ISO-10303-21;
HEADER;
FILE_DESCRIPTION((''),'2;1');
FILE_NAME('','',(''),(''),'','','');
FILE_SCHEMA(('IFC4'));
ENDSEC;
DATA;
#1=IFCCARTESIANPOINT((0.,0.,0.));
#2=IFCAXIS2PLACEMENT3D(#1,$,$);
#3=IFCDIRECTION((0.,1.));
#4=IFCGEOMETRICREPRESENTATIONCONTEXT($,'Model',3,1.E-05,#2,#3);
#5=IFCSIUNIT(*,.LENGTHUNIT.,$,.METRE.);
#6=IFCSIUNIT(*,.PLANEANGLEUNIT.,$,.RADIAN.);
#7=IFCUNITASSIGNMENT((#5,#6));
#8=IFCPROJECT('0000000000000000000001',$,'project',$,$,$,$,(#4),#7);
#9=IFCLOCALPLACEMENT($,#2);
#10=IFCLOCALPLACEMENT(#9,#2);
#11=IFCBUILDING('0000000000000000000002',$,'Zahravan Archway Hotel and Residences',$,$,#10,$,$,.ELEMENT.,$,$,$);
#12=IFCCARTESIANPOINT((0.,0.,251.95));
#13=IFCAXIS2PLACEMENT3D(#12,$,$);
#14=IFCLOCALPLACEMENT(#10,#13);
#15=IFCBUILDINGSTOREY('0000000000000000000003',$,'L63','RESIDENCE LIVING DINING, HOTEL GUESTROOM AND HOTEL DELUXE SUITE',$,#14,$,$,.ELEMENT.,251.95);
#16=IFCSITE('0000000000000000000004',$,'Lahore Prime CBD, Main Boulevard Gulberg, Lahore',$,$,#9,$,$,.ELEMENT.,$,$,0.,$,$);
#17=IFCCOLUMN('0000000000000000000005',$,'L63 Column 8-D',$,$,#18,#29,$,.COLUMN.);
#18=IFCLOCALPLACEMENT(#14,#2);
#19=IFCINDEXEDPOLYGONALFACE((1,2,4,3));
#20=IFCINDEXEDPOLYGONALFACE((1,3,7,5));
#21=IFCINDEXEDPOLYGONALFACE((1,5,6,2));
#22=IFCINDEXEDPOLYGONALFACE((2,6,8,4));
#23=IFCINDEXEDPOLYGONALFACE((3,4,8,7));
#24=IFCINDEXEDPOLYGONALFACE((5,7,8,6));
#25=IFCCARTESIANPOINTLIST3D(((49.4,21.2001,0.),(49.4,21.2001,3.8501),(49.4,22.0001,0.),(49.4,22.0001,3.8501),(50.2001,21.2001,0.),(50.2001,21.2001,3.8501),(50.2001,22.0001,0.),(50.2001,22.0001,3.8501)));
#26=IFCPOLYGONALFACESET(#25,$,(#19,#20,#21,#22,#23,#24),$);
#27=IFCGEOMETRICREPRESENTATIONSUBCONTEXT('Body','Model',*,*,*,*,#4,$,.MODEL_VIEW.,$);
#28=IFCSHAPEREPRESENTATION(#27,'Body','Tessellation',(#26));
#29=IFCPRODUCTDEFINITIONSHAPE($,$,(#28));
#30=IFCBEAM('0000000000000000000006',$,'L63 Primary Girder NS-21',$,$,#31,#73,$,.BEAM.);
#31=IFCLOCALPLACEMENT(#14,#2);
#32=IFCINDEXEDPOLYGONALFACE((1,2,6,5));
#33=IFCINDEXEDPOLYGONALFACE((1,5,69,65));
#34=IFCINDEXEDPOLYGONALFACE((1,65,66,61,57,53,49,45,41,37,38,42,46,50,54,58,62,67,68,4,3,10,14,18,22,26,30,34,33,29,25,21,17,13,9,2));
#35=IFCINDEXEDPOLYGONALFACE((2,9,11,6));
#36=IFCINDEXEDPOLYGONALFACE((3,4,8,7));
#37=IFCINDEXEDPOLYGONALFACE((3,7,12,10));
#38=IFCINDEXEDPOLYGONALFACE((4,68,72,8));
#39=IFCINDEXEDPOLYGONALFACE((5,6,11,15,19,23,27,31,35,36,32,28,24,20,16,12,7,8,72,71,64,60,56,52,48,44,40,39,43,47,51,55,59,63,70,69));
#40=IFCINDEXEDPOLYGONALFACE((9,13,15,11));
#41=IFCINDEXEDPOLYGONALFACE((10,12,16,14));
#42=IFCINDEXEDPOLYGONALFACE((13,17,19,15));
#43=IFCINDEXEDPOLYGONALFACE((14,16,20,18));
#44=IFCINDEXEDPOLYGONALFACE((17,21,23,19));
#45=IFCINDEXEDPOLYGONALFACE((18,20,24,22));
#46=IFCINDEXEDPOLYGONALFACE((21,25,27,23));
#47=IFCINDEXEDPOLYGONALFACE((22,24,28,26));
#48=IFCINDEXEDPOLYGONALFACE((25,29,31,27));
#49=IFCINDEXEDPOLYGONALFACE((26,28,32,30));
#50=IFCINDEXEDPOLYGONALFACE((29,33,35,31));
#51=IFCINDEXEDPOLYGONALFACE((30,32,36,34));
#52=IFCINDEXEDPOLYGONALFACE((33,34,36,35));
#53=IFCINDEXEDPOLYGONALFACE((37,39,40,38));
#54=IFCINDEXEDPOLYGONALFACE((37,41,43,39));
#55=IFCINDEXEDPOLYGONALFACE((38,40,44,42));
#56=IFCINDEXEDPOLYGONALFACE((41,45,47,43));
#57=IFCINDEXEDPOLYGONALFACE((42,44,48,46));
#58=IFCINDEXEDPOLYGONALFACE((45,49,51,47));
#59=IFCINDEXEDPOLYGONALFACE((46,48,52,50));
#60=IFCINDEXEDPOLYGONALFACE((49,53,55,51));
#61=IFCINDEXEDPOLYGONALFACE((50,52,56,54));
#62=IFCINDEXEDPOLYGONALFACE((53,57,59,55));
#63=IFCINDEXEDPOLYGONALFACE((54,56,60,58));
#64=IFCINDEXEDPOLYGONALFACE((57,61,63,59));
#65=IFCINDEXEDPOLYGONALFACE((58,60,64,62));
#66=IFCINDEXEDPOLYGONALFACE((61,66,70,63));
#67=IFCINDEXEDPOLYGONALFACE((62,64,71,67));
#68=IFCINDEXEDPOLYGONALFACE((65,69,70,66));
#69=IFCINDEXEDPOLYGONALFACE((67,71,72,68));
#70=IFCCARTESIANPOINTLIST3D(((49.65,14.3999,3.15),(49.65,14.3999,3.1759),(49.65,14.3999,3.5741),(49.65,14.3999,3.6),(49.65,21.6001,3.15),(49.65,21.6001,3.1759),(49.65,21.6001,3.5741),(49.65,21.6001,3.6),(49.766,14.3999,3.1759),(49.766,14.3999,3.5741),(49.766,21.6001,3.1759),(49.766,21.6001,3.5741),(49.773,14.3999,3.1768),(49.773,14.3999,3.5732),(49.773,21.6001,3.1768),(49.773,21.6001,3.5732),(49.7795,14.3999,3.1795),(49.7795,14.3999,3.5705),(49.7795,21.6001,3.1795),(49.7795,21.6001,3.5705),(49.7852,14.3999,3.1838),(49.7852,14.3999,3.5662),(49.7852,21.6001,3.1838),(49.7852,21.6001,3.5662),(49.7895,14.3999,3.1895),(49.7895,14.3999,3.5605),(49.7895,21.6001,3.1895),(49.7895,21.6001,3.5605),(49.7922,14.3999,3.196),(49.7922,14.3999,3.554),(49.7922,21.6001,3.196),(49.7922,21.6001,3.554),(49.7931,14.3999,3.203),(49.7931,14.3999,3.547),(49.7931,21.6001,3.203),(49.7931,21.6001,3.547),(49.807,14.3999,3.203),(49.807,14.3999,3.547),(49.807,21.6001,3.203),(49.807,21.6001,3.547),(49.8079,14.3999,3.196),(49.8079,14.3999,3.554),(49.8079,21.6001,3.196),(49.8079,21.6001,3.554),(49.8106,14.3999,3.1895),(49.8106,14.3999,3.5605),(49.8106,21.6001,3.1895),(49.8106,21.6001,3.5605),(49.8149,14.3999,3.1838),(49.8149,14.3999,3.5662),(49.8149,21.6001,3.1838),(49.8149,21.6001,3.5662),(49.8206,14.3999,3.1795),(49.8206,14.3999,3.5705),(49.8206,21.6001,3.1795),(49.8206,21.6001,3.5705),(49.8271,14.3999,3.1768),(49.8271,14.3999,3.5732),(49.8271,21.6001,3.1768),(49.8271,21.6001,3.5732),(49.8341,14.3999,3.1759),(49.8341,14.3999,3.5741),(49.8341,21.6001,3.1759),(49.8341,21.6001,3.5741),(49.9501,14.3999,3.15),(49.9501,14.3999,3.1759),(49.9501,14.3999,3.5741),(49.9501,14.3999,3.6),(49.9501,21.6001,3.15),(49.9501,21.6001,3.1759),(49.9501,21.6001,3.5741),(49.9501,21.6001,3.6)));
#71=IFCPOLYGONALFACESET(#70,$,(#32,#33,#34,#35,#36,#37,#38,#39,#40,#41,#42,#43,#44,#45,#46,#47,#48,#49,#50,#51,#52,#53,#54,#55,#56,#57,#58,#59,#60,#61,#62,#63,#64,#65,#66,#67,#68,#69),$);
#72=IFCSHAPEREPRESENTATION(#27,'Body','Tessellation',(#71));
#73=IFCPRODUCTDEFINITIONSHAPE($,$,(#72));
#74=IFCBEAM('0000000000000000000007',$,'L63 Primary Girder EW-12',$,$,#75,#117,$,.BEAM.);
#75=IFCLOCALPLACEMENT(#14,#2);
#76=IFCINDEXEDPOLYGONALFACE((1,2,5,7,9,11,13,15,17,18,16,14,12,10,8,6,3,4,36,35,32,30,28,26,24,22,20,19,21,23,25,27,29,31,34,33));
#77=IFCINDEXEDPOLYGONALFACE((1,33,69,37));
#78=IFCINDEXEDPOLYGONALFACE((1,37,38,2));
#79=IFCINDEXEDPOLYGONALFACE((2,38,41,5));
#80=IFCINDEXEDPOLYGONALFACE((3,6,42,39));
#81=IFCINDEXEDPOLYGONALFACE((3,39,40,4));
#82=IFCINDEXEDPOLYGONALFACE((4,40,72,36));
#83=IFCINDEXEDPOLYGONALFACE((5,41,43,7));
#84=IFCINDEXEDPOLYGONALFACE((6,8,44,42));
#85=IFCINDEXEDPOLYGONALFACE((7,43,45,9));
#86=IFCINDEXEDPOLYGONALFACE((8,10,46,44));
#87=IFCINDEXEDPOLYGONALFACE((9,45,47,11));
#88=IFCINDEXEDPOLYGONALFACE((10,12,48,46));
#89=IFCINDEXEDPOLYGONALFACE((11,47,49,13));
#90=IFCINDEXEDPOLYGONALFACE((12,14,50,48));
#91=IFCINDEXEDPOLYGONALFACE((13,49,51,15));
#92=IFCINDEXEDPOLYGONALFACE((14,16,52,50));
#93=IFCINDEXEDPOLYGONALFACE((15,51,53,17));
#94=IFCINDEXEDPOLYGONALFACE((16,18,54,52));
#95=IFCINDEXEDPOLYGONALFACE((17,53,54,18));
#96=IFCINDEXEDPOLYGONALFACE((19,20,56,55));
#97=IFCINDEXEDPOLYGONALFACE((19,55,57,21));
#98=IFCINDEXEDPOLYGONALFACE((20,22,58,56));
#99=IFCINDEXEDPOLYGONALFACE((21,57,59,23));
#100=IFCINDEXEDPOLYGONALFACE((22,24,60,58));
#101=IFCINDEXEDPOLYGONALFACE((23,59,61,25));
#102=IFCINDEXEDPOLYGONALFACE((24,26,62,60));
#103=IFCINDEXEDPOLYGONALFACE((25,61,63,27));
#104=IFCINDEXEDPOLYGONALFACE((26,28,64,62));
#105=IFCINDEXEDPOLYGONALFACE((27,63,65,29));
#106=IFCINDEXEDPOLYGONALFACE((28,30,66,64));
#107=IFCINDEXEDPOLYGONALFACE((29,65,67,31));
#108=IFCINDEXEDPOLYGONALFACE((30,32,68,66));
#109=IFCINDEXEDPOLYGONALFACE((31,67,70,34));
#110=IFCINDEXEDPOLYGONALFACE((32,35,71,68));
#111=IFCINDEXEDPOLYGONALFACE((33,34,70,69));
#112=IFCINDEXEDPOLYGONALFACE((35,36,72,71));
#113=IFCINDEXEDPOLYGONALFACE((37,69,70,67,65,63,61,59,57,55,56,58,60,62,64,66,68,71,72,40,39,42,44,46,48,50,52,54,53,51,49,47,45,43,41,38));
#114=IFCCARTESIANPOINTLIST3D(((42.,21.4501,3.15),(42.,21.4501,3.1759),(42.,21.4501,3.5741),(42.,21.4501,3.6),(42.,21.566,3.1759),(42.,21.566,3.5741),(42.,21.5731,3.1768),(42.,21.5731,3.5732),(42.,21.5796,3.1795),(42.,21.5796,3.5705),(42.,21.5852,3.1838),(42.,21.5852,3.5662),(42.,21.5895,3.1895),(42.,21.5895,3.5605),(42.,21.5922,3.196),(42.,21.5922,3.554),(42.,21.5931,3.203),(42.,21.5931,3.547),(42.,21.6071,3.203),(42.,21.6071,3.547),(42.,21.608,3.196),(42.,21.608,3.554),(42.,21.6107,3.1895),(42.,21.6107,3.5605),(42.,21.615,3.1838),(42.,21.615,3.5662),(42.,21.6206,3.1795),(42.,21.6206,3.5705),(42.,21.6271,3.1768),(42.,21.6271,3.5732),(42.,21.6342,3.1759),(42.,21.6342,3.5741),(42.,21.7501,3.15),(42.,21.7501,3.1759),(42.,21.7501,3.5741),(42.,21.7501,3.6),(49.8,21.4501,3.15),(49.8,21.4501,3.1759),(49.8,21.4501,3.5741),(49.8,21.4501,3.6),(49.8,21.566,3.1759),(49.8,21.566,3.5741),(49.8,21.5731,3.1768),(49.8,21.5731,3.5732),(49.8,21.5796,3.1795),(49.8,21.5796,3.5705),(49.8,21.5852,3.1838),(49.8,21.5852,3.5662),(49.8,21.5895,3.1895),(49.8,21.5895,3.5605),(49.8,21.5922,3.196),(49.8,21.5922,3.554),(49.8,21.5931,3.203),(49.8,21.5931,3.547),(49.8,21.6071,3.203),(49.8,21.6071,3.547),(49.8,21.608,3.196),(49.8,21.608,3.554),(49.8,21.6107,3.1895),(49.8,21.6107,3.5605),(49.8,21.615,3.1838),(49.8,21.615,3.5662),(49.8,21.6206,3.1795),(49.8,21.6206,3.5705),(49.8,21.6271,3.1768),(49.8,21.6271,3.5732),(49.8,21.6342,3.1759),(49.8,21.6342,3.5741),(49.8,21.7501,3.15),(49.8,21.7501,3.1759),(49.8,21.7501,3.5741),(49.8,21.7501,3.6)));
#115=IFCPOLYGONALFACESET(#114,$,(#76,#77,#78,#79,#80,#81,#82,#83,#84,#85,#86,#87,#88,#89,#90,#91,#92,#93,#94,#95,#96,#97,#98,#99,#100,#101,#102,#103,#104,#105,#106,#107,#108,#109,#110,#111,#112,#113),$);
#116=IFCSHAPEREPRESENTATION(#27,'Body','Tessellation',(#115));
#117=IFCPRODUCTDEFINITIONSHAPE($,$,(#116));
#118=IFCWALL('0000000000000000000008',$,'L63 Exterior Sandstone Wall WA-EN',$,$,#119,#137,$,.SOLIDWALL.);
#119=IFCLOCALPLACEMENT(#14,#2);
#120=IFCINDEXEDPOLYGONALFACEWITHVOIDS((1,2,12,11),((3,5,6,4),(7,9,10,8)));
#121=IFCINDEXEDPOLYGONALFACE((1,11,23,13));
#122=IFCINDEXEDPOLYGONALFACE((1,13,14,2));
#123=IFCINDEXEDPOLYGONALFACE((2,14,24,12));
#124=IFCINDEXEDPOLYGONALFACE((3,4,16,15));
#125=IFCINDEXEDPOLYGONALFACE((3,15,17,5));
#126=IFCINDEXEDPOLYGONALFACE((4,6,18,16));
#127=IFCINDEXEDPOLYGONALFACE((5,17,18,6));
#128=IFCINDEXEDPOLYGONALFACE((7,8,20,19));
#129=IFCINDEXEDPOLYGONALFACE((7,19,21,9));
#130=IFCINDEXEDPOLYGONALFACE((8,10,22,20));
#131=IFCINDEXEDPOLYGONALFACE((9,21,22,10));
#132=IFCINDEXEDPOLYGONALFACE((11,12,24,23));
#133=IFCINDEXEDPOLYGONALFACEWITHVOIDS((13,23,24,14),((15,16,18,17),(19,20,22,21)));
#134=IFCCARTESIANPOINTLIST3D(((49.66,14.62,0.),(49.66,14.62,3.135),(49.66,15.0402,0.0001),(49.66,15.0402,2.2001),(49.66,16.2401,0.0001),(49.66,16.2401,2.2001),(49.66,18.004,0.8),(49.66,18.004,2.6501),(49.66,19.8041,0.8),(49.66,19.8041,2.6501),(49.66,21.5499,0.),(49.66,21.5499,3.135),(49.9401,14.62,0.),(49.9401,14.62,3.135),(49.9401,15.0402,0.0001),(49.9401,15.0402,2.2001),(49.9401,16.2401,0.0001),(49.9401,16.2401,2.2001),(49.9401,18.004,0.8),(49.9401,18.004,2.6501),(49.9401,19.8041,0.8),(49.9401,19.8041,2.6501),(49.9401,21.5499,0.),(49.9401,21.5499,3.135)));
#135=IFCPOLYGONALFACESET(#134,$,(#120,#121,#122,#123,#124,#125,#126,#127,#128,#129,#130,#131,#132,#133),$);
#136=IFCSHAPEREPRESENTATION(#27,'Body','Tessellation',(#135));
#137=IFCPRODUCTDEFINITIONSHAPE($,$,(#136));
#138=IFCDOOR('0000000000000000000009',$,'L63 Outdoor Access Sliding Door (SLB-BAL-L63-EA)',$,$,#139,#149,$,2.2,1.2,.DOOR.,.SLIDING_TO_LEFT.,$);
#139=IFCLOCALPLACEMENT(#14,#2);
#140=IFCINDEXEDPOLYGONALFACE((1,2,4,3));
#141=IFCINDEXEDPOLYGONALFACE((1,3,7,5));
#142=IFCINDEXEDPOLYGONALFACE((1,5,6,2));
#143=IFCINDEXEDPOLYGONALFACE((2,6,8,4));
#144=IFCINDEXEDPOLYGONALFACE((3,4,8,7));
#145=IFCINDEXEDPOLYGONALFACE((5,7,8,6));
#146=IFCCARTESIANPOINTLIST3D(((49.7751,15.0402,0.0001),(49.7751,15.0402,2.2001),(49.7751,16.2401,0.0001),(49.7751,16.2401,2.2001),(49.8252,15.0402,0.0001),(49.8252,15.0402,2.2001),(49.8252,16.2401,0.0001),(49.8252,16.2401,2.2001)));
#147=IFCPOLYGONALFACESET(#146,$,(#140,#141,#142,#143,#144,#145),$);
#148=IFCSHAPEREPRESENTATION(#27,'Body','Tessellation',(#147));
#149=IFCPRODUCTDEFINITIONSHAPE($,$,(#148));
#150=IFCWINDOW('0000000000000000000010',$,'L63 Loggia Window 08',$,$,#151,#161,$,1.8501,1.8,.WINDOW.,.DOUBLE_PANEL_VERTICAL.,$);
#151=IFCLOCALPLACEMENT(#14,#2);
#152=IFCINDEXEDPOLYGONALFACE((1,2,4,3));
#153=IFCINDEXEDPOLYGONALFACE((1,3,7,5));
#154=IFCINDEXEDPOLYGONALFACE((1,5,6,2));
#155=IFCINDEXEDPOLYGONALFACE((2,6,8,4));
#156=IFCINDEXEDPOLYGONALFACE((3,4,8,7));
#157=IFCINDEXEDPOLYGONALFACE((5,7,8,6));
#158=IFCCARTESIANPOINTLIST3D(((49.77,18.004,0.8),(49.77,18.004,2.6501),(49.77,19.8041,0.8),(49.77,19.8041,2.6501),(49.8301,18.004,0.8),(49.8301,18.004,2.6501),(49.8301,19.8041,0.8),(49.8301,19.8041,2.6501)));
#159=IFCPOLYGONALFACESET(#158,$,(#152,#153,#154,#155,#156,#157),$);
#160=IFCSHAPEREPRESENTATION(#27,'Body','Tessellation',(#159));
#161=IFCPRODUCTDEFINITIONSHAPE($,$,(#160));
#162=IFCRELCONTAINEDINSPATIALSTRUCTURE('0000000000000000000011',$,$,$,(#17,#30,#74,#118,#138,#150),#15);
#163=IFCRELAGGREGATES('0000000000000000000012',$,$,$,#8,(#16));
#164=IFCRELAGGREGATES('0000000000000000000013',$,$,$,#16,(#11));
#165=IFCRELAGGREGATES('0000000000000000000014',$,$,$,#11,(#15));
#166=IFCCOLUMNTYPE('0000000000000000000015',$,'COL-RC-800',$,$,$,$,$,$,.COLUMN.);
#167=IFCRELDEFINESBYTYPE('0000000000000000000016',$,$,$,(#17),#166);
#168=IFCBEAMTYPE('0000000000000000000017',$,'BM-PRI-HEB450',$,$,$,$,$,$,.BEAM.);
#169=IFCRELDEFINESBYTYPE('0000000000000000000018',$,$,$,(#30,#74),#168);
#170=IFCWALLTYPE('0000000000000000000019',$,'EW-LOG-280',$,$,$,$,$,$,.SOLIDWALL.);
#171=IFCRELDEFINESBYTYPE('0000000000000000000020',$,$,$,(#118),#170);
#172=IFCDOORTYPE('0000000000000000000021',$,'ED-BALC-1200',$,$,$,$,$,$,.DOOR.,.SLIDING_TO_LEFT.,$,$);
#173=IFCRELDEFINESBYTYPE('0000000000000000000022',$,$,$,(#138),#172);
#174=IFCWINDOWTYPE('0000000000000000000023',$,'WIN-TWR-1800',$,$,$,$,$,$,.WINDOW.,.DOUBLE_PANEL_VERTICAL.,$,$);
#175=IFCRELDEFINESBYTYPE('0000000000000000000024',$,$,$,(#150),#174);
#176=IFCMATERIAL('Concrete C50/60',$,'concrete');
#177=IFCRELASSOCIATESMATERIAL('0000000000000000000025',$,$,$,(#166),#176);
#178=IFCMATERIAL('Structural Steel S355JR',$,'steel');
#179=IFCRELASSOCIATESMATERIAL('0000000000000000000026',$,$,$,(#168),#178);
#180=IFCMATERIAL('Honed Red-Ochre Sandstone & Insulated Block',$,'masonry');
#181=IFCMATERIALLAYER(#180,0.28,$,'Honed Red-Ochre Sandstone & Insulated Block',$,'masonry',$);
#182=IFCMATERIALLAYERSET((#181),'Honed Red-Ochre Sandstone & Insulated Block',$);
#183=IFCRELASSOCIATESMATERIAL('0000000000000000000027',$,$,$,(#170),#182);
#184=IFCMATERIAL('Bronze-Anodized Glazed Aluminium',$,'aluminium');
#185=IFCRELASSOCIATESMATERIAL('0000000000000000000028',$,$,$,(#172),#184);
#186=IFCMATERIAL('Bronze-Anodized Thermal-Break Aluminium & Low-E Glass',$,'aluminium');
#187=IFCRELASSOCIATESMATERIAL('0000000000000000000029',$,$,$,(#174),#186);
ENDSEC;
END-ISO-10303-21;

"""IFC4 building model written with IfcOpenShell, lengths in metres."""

from ifc_helpers import new_model, si_unit, direction, frame, frame_2d, origin, origin_2d, place, context, subcontext, project, spatial, rectangle, i_section, extrude, source, transform, mapped, material, layer, layer_set, material_profile, profile_set, type_object, type_shapes, element, fill, save


model = new_model("IFC4")

# Units and contexts
model_context = context("Model", 3, precision=1e-05, world=origin(), true_north=direction((0.0, 1.0)))
body_context = subcontext(model_context, "Body", "Model", "MODEL_VIEW")
ifc_project = project(units=[si_unit("LENGTHUNIT", "METRE"), si_unit("PLANEANGLEUNIT", "RADIAN")], contexts=[model_context])

# Site, building, storey
site_placement = place(None, origin())
site = spatial("IfcSite", under=ifc_project, at=site_placement, Name="Lahore Prime CBD, Main Boulevard Gulberg, Lahore", CompositionType="ELEMENT", RefElevation=0.0)
building_placement = place(site_placement, origin())
building = spatial("IfcBuilding", under=site, at=building_placement, Name="Zahravan Archway Hotel and Residences", CompositionType="ELEMENT")
storey_placement = place(building_placement, frame((0.0, 0.0, 251.95)))
storey = spatial("IfcBuildingStorey", under=building, at=storey_placement, Name="L63", Description="RESIDENCE LIVING DINING, HOTEL GUESTROOM AND HOTEL DELUXE SUITE", CompositionType="ELEMENT", Elevation=251.95)

# Column
ifc_material_1 = material(Name="Concrete C50/60", Category="concrete")
ifc_material_profile_1 = material_profile(ifc_material_1, rectangle(XDim=0.8, YDim=0.8, at=origin_2d()), Name="RC-COL-800x800", Category="concrete")
ifc_profile_set_1 = profile_set([ifc_material_profile_1], Name="Concrete C50/60")
column_type = type_object("IfcColumnType", Name="COL-RC-800", PredefinedType="COLUMN", material=ifc_profile_set_1)
shared_shape_1 = source(origin(), body_context, "Body", "SweptSolid", [
    extrude(rectangle(XDim=0.8, YDim=0.8, at=origin_2d()), origin(), (0.0, 0.0, 1.0), 3.8501),
])
column_placement = place(storey_placement, frame((49.8, 21.6001, 0.0), z_axis=(0.0, 0.0, 1.0), x_axis=(1.0, 0.0, 0.0)))
element("IfcColumn", 1, at=column_placement, inside=storey, type_object=column_type, Name="L63 Column 8-D", PredefinedType="COLUMN", context=body_context, shape_type="MappedRepresentation", body=[
    mapped(shared_shape_1, transform((0.0, 0.0, 0.0), scale=1.0)),
])

# Beams
ifc_material_2 = material(Name="Structural Steel S355JR", Category="steel")
ifc_material_profile_2 = material_profile(ifc_material_2, i_section(OverallWidth=0.3, OverallDepth=0.45, WebThickness=0.0139, FlangeThickness=0.0259, FilletRadius=0.0271, at=origin_2d()), Name="HEB 450", Category="steel")
ifc_profile_set_2 = profile_set([ifc_material_profile_2], Name="Structural Steel S355JR")
beam_type = type_object("IfcBeamType", Name="BM-PRI-HEB450", PredefinedType="BEAM", material=ifc_profile_set_2)
shared_shape_2 = source(origin(), body_context, "Body", "SweptSolid", [
    extrude(i_section(OverallWidth=0.3, OverallDepth=0.45, WebThickness=0.0139, FlangeThickness=0.0259, FilletRadius=0.0271, at=origin_2d()), origin(), (0.0, 0.0, 1.0), 7.2002),
])
type_shapes(beam_type, [shared_shape_2])
beam_1_placement = place(storey_placement, frame((49.8, 14.3999, 3.375), z_axis=(0.0, 1.0, 0.0), x_axis=(-1.0, 0.0, 0.0)))
element("IfcBeam", 2, at=beam_1_placement, inside=storey, type_object=beam_type, Name="L63 Primary Girder NS-21", PredefinedType="BEAM", context=body_context, shape_type="MappedRepresentation", body=[
    mapped(shared_shape_2, transform((0.0, 0.0, 0.0), scale=1.0)),
])
shared_shape_3 = source(origin(), body_context, "Body", "SweptSolid", [
    extrude(i_section(OverallWidth=0.3, OverallDepth=0.45, WebThickness=0.0139, FlangeThickness=0.0259, FilletRadius=0.0271, at=origin_2d()), origin(), (0.0, 0.0, 1.0), 7.8),
])
beam_2_placement = place(storey_placement, frame((42.0, 21.6001, 3.375), z_axis=(1.0, 0.0, 0.0), x_axis=(0.0, 1.0, 0.0)))
element("IfcBeam", 3, at=beam_2_placement, inside=storey, type_object=beam_type, Name="L63 Primary Girder EW-12", PredefinedType="BEAM", context=body_context, shape_type="MappedRepresentation", body=[
    mapped(shared_shape_3, transform((0.0, 0.0, 0.0), scale=1.0)),
])

# Wall, openings, door, window
ifc_material_3 = material(Name="Honed Red-Ochre Sandstone & Insulated Block", Category="masonry")
ifc_layer_1 = layer(ifc_material_3, 0.28, Name="Honed Red-Ochre Sandstone & Insulated Block", Category="masonry")
ifc_layer_set_1 = layer_set([ifc_layer_1], Name="Honed Red-Ochre Sandstone & Insulated Block")
wall_type_1 = type_object("IfcWallType", Name="EW-LOG-280", PredefinedType="SOLIDWALL", material=ifc_layer_set_1)
wall_1_placement = place(storey_placement, frame((49.8, 14.6201, 0.0), z_axis=(0.0, 0.0, 1.0), x_axis=(0.0, 1.0, 0.0)))
wall_1 = element("IfcWall", 4, at=wall_1_placement, inside=storey, type_object=wall_type_1, Name="L63 Exterior Sandstone Wall WA-EN", PredefinedType="SOLIDWALL", context=body_context, shape_type="SweptSolid", body=[
    extrude(rectangle(XDim=6.9299, YDim=0.28, at=frame_2d((3.4648, 0.0))), origin(), (0.0, 0.0, 1.0), 3.135),
])
opening_1_placement = place(wall_1_placement, frame((0.4199, 0.0, 0.0)))
opening_1 = element("IfcOpeningElement", 5, at=opening_1_placement, cuts=wall_1, PredefinedType="OPENING", context=body_context, shape_type="SweptSolid", body=[
    extrude(rectangle(XDim=1.2, YDim=2.2, at=frame_2d((0.6001, 1.1001))), frame((0.0, 0.1499, 0.0), z_axis=(0.0, -1.0, 0.0), x_axis=(1.0, 0.0, 0.0)), (0.0, 0.0, 1.0), 0.3),
])
opening_2_placement = place(wall_1_placement, frame((3.384, 0.0, 0.8)))
opening_2 = element("IfcOpeningElement", 6, at=opening_2_placement, cuts=wall_1, PredefinedType="OPENING", context=body_context, shape_type="SweptSolid", body=[
    extrude(rectangle(XDim=1.8, YDim=1.8501, at=frame_2d((0.8999, 0.925))), frame((0.0, 0.1499, 0.0), z_axis=(0.0, -1.0, 0.0), x_axis=(1.0, 0.0, 0.0)), (0.0, 0.0, 1.0), 0.3),
])
ifc_material_4 = material(Name="Bronze-Anodized Glazed Aluminium", Category="aluminium")
door_type_1 = type_object("IfcDoorType", Name="ED-BALC-1200", OperationType="SLIDING_TO_LEFT", PredefinedType="DOOR", material=ifc_material_4)
shared_shape_4 = source(origin(), body_context, "Body", "SweptSolid", [
    extrude(rectangle(XDim=1.2, YDim=2.2, at=frame_2d((0.6001, 1.1001))), frame((0.0, 0.0249, 0.0), z_axis=(0.0, -1.0, 0.0), x_axis=(1.0, 0.0, 0.0)), (0.0, 0.0, 1.0), 0.05),
])
type_shapes(door_type_1, [shared_shape_4])
door_1_placement = place(opening_1_placement, origin())
door_1 = element("IfcDoor", 7, at=door_1_placement, inside=storey, type_object=door_type_1, Name="L63 Outdoor Access Sliding Door (SLB-BAL-L63-EA)", OperationType="SLIDING_TO_LEFT", OverallHeight=2.2, OverallWidth=1.2, PredefinedType="DOOR", context=body_context, shape_type="MappedRepresentation", body=[
    mapped(shared_shape_4, transform((0.0, 0.0, 0.0), scale=1.0)),
])
fill(opening_1, door_1)
ifc_material_5 = material(Name="Bronze-Anodized Thermal-Break Aluminium & Low-E Glass", Category="aluminium")
window_type = type_object("IfcWindowType", Name="WIN-TWR-1800", PartitioningType="DOUBLE_PANEL_VERTICAL", PredefinedType="WINDOW", material=ifc_material_5)
shared_shape_5 = source(origin(), body_context, "Body", "SweptSolid", [
    extrude(rectangle(XDim=1.8, YDim=1.8501, at=frame_2d((0.8999, 0.925))), frame((0.0, 0.03, 0.0), z_axis=(0.0, -1.0, 0.0), x_axis=(1.0, 0.0, 0.0)), (0.0, 0.0, 1.0), 0.0601),
])
type_shapes(window_type, [shared_shape_5])
window_placement = place(opening_2_placement, origin())
window = element("IfcWindow", 8, at=window_placement, inside=storey, type_object=window_type, Name="L63 Loggia Window 08", OverallHeight=1.8501, OverallWidth=1.8, PartitioningType="DOUBLE_PANEL_VERTICAL", PredefinedType="WINDOW", context=body_context, shape_type="MappedRepresentation", body=[
    mapped(shared_shape_5, transform((0.0, 0.0, 0.0), scale=1.0)),
])
fill(opening_2, window)

save(model, "model.ifc")
